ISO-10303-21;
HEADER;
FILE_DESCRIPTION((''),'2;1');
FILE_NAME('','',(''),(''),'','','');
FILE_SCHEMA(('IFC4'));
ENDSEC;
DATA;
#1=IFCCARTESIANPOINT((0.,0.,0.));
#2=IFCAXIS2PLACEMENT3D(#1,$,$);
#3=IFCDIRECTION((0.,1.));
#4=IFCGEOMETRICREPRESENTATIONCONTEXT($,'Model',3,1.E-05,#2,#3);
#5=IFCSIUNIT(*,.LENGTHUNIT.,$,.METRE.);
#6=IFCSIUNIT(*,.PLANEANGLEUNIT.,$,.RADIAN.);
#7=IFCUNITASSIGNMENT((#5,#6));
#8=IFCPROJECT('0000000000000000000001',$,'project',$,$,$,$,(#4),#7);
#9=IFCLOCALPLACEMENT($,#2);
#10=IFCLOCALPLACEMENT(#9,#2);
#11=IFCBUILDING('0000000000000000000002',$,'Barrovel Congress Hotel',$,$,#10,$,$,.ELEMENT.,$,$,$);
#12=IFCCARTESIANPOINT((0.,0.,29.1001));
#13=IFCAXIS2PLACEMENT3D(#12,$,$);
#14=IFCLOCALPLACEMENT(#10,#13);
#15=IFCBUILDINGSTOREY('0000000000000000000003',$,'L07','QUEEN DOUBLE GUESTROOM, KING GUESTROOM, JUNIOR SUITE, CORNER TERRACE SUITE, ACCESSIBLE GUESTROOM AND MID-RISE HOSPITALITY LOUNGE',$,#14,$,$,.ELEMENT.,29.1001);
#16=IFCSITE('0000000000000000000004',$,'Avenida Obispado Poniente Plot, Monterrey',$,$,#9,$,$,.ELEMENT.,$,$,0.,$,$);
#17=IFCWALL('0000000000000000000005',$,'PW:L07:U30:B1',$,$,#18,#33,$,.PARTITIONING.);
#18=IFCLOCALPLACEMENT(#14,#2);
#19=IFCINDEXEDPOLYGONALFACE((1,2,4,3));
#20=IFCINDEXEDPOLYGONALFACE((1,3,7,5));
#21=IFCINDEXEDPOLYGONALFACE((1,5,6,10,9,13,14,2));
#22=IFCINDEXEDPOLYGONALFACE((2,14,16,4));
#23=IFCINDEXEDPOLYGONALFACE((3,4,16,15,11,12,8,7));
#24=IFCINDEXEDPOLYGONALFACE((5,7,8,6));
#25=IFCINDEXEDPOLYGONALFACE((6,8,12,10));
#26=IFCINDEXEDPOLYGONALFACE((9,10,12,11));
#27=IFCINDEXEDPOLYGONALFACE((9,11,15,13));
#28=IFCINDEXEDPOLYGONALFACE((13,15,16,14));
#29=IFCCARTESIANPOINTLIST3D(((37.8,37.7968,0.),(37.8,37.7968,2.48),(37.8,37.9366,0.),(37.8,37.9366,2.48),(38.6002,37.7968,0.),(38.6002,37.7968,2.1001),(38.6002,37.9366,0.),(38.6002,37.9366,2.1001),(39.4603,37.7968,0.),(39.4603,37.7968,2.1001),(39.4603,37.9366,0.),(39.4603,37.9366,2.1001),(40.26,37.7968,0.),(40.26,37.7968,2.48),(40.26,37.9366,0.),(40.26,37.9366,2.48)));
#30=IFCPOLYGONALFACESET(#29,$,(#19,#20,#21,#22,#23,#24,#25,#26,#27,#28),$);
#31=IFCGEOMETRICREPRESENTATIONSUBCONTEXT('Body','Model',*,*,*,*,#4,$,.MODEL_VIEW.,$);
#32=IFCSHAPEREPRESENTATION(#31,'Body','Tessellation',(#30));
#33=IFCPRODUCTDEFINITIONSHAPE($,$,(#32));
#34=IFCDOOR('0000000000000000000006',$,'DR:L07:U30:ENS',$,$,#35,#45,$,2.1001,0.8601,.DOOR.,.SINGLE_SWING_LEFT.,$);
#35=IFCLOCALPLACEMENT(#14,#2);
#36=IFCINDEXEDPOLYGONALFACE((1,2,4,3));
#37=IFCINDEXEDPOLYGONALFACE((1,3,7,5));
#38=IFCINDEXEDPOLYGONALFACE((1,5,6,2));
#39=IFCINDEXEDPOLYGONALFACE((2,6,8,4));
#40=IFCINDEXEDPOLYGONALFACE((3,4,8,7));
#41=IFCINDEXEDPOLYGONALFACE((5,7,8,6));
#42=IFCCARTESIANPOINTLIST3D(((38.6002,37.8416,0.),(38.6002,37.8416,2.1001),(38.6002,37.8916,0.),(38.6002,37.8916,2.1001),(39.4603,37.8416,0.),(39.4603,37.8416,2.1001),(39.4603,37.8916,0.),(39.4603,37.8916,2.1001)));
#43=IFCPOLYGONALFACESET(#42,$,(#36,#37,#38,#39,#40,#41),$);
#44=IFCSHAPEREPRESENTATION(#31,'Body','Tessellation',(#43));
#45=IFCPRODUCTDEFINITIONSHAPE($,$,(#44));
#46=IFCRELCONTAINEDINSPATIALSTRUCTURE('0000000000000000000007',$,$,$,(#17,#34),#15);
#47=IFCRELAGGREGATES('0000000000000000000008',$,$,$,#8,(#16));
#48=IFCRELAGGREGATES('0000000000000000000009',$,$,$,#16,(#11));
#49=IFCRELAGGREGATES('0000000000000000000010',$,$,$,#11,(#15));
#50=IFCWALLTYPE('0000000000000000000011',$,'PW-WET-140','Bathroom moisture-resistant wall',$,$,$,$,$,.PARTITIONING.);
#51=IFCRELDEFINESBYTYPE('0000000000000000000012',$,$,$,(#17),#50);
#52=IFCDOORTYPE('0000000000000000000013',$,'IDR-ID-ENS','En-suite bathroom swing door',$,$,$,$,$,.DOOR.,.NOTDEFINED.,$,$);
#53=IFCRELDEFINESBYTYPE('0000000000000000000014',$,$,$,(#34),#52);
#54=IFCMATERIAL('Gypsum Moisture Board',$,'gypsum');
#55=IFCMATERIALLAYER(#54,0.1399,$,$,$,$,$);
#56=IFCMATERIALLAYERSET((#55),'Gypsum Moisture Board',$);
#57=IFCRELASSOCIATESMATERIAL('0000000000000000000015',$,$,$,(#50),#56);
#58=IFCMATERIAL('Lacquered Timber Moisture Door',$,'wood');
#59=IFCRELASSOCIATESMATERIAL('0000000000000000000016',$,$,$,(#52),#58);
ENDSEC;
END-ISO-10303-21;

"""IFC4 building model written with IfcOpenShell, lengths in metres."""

from ifc_helpers import new_model, si_unit, direction, frame, frame_2d, origin, place, context, subcontext, project, spatial, rectangle, extrude, material, layer, layer_set, type_object, element, fill, save


model = new_model("IFC4")

# Units and contexts
model_context = context("Model", 3, precision=1e-05, world=origin(), true_north=direction((0.0, 1.0)))
body_context = subcontext(model_context, "Body", "Model", "MODEL_VIEW")
ifc_project = project(units=[si_unit("LENGTHUNIT", "METRE"), si_unit("PLANEANGLEUNIT", "RADIAN")], contexts=[model_context])

# Site, building, storey
site_placement = place(None, origin())
site = spatial("IfcSite", under=ifc_project, at=site_placement, Name="Avenida Obispado Poniente Plot, Monterrey", CompositionType="ELEMENT", RefElevation=0.0)
building_placement = place(site_placement, origin())
building = spatial("IfcBuilding", under=site, at=building_placement, Name="Barrovel Congress Hotel", CompositionType="ELEMENT")
storey_placement = place(building_placement, frame((0.0, 0.0, 29.1001)))
storey = spatial("IfcBuildingStorey", under=building, at=storey_placement, Name="L07", Description="QUEEN DOUBLE GUESTROOM, KING GUESTROOM, JUNIOR SUITE, CORNER TERRACE SUITE, ACCESSIBLE GUESTROOM AND MID-RISE HOSPITALITY LOUNGE", CompositionType="ELEMENT", Elevation=29.1001)

# Wall, opening, door
ifc_material_1 = material(Name="Gypsum Moisture Board", Category="gypsum")
ifc_layer_1 = layer(ifc_material_1, 0.1399)
ifc_layer_set_1 = layer_set([ifc_layer_1], Name="Gypsum Moisture Board")
wall_type_1 = type_object("IfcWallType", Name="PW-WET-140", Description="Bathroom moisture-resistant wall", PredefinedType="PARTITIONING", material=ifc_layer_set_1)
ifc_material_2 = material(Name="Lacquered Timber Moisture Door", Category="wood")
door_type_1 = type_object("IfcDoorType", Name="IDR-ID-ENS", Description="En-suite bathroom swing door", OperationType="NOTDEFINED", PredefinedType="DOOR", material=ifc_material_2)
wall_1_placement = place(storey_placement, frame((37.8, 37.8667, 0.0), z_axis=(0.0, 0.0, 1.0), x_axis=(1.0, 0.0, 0.0)))
wall_1 = element("IfcWall", 1, at=wall_1_placement, inside=storey, type_object=wall_type_1, Name="PW:L07:U30:B1", PredefinedType="PARTITIONING", context=body_context, shape_type="SweptSolid", body=[
    extrude(rectangle(XDim=2.46, YDim=0.1399, at=frame_2d((1.23, 0.0))), origin(), (0.0, 0.0, 1.0), 2.48),
])
opening_1_placement = place(wall_1_placement, frame((0.8, 0.0, 0.0)))
opening_1 = element("IfcOpeningElement", 2, at=opening_1_placement, cuts=wall_1, PredefinedType="OPENING", context=body_context, shape_type="SweptSolid", body=[
    extrude(rectangle(XDim=0.8601, YDim=2.1001, at=frame_2d((0.4302, 1.05))), frame((0.0, 0.0801, 0.0), z_axis=(0.0, -1.0, 0.0), x_axis=(1.0, 0.0, 0.0)), (0.0, 0.0, 1.0), 0.1599),
])
door_1_placement = place(opening_1_placement, origin())
door_1 = element("IfcDoor", 3, at=door_1_placement, inside=storey, type_object=door_type_1, Name="DR:L07:U30:ENS", OperationType="SINGLE_SWING_LEFT", OverallHeight=2.1001, OverallWidth=0.8601, PredefinedType="DOOR", context=body_context, shape_type="SweptSolid", body=[
    extrude(rectangle(XDim=0.8601, YDim=2.1001, at=frame_2d((0.4302, 1.05))), frame((0.0, 0.0249, 0.0), z_axis=(0.0, -1.0, 0.0), x_axis=(1.0, 0.0, 0.0)), (0.0, 0.0, 1.0), 0.05),
])
fill(opening_1, door_1)

save(model, "model.ifc")
